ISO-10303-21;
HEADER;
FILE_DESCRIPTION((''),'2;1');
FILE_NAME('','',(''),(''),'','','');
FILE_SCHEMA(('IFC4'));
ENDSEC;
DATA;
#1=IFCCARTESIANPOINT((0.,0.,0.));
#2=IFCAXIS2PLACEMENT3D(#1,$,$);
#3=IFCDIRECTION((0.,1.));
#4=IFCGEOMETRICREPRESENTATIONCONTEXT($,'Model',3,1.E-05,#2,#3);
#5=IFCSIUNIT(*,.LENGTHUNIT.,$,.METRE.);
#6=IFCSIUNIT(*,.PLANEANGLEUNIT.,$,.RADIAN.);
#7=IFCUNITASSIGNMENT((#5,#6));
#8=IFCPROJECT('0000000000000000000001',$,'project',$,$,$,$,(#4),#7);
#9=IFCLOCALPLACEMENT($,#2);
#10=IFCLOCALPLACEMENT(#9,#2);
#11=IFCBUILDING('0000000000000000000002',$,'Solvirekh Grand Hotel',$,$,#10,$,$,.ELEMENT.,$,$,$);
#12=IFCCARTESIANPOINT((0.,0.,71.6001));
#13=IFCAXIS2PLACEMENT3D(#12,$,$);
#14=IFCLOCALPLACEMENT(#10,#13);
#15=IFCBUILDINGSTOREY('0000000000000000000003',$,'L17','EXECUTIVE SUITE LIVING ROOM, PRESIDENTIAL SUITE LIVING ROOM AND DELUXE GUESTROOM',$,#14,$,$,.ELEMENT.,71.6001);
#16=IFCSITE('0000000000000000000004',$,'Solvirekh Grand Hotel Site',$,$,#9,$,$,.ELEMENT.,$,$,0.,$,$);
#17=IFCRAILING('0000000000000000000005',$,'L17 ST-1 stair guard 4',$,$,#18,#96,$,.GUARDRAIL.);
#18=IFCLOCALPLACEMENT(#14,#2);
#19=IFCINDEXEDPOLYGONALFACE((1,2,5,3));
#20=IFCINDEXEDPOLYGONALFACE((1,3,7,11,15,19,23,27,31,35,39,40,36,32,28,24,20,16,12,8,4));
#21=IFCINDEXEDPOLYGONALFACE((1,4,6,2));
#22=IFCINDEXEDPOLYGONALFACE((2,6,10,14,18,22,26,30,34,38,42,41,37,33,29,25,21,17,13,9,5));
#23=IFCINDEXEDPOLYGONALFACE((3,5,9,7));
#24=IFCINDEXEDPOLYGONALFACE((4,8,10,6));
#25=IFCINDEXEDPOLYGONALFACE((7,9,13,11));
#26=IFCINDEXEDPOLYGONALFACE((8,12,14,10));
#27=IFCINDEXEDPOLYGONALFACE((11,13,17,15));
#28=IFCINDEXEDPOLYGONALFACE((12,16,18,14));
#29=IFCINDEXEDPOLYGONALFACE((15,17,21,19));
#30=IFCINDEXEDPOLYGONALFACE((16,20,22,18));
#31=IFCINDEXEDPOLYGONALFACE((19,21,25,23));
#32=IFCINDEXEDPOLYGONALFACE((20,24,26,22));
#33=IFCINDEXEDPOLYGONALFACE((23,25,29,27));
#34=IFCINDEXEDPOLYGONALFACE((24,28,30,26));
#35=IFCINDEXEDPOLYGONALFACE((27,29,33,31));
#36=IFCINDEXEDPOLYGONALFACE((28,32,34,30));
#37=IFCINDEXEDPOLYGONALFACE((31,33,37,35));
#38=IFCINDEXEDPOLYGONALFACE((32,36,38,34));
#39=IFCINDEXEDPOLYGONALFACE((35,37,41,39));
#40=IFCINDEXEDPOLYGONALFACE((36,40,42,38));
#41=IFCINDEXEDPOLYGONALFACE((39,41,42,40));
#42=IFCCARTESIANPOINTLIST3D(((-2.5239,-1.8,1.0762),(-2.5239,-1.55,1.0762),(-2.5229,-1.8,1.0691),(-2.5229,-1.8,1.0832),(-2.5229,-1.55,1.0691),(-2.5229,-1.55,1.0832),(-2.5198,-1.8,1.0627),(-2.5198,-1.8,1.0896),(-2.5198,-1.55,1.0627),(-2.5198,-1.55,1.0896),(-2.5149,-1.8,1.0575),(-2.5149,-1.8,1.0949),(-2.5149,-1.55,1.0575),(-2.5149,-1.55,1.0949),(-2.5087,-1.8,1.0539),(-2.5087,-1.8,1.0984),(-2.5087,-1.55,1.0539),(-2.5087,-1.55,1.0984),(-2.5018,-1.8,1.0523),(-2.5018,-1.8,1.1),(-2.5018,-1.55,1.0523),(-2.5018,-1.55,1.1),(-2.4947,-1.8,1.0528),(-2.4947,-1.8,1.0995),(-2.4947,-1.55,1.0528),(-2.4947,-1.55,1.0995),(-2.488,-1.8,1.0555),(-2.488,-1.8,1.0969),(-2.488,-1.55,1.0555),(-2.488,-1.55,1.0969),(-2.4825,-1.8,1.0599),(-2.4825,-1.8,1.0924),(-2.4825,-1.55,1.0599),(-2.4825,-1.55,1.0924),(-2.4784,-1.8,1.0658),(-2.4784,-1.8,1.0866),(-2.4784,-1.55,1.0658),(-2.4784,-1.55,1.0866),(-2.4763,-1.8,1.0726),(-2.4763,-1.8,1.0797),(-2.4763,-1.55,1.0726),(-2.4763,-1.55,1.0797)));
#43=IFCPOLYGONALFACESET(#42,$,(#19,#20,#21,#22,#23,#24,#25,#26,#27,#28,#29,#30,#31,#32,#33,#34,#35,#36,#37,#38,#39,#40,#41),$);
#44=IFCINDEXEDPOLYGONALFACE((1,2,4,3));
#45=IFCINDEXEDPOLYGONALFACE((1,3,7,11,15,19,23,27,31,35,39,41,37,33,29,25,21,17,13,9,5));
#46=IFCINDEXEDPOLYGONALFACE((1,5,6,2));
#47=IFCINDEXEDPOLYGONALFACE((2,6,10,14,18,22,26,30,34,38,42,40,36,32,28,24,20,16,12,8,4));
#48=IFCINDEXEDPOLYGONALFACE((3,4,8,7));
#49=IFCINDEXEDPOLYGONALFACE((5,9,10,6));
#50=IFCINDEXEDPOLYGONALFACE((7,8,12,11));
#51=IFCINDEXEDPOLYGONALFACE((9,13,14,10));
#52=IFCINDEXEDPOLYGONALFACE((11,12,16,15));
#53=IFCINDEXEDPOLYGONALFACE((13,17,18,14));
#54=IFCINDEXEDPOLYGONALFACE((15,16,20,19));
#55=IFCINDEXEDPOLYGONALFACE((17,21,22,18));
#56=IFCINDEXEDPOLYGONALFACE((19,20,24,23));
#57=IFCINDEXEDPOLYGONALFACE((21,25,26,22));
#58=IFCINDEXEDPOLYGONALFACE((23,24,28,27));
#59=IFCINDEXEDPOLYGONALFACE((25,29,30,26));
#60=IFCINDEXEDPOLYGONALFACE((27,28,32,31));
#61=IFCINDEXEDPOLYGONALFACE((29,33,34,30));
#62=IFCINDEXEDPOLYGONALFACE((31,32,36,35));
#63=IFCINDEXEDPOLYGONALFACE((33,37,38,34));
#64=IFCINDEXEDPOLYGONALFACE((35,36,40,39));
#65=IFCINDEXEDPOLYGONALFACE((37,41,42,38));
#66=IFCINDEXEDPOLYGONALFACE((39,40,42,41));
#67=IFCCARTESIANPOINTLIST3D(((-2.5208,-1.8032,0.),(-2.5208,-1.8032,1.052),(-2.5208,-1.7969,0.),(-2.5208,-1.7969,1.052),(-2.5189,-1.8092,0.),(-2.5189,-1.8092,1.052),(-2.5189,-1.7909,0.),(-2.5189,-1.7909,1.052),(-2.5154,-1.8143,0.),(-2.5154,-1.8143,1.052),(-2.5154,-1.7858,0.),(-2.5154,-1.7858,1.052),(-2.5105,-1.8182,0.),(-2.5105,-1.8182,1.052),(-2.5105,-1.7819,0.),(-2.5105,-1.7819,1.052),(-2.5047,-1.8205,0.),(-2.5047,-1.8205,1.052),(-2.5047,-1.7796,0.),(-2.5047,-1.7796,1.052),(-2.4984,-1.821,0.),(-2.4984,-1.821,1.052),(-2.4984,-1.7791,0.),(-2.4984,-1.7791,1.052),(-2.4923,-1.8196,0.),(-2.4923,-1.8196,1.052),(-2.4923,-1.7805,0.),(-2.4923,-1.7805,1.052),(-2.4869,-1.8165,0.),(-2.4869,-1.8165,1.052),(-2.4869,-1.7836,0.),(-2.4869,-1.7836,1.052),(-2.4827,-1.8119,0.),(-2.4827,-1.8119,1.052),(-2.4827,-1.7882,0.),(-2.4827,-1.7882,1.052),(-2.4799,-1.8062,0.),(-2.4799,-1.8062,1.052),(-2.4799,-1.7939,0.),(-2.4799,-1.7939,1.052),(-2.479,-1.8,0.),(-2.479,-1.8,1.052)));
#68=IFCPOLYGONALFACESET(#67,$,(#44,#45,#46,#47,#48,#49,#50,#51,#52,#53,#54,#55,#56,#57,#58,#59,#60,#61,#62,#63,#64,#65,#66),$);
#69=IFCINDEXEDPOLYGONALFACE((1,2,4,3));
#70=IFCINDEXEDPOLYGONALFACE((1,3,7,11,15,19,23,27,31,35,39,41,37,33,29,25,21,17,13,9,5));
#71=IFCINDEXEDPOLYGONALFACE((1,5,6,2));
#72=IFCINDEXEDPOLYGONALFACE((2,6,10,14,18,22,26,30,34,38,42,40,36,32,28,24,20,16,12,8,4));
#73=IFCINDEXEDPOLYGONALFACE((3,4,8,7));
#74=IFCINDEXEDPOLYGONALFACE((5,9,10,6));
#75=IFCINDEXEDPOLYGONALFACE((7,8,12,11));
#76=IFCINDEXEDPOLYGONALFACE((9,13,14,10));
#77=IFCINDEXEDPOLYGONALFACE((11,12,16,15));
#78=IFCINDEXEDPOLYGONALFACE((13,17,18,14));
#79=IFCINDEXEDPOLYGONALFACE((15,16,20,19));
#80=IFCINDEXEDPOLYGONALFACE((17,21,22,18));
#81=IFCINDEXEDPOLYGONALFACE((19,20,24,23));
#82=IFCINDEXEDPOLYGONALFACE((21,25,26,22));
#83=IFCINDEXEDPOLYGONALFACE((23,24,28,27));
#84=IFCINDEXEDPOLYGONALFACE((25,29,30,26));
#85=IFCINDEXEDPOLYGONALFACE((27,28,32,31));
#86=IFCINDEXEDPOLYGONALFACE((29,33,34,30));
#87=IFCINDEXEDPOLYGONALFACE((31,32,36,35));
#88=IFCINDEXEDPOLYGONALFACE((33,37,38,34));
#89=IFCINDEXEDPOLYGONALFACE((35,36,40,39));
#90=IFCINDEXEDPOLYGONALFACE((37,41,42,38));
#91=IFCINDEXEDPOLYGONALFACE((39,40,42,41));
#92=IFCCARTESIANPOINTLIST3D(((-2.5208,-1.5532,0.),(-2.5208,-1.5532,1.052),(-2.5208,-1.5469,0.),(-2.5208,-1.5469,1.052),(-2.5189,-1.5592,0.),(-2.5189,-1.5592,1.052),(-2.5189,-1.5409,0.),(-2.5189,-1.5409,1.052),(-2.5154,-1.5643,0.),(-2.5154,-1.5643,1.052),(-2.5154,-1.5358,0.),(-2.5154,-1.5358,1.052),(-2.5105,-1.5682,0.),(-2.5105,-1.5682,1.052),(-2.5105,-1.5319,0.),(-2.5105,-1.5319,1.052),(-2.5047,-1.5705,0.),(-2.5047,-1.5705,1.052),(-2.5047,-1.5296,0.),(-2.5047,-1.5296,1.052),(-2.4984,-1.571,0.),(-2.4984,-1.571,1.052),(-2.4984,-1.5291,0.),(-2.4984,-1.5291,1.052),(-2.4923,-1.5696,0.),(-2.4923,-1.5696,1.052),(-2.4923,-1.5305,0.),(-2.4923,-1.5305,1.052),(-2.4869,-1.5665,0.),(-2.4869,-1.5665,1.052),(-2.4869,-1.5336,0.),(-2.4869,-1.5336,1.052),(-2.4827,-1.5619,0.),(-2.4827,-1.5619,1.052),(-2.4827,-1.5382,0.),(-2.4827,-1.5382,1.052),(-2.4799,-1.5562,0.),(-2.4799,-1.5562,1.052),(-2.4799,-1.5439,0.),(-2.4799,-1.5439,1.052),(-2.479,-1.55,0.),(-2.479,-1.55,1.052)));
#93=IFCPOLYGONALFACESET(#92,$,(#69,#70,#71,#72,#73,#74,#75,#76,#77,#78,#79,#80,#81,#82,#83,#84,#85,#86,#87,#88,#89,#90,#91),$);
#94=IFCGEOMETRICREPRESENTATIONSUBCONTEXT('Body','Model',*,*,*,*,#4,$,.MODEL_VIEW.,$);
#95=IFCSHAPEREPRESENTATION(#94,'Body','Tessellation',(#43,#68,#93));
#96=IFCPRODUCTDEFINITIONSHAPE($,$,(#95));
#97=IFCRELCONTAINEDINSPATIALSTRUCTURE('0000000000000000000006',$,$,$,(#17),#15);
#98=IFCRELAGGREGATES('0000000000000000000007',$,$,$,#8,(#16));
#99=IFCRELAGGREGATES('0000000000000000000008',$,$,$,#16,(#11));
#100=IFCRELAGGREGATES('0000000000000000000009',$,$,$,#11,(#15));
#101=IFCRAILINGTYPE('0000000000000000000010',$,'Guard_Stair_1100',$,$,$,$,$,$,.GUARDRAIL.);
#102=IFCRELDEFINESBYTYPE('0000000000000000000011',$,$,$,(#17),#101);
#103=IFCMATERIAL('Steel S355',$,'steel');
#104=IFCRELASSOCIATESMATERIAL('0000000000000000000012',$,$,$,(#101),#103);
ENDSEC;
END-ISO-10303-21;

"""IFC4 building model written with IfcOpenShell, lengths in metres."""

from ifc_helpers import new_model, si_unit, direction, frame, origin, origin_2d, place, context, subcontext, project, spatial, circle, extrude, material, type_object, element, save


model = new_model("IFC4")

# Units and contexts
model_context = context("Model", 3, precision=1e-05, world=origin(), true_north=direction((0.0, 1.0)))
body_context = subcontext(model_context, "Body", "Model", "MODEL_VIEW")
ifc_project = project(units=[si_unit("LENGTHUNIT", "METRE"), si_unit("PLANEANGLEUNIT", "RADIAN")], contexts=[model_context])

# Site, building, storey
site_placement = place(None, origin())
site = spatial("IfcSite", under=ifc_project, at=site_placement, Name="Solvirekh Grand Hotel Site", CompositionType="ELEMENT", RefElevation=0.0)
building_placement = place(site_placement, origin())
building = spatial("IfcBuilding", under=site, at=building_placement, Name="Solvirekh Grand Hotel", CompositionType="ELEMENT")
storey_placement = place(building_placement, frame((0.0, 0.0, 71.6001)))
storey = spatial("IfcBuildingStorey", under=building, at=storey_placement, Name="L17", Description="EXECUTIVE SUITE LIVING ROOM, PRESIDENTIAL SUITE LIVING ROOM AND DELUXE GUESTROOM", CompositionType="ELEMENT", Elevation=71.6001)

# Railing
ifc_material_1 = material(Name="Steel S355", Category="steel")
railing_type_1 = type_object("IfcRailingType", Name="Guard_Stair_1100", PredefinedType="GUARDRAIL", material=ifc_material_1)
railing_1_placement = place(storey_placement, frame((-2.5, -1.8, 0.0)))
element("IfcRailing", 1, at=railing_1_placement, inside=storey, type_object=railing_type_1, Name="L17 ST-1 stair guard 4", PredefinedType="GUARDRAIL", context=body_context, shape_type="SweptSolid", body=[
    extrude(circle(Radius=0.0239, at=origin_2d()), frame((0.0, 0.0, 1.0762), z_axis=(0.0, 1.0, 0.0), x_axis=(-1.0, 0.0, 0.0)), (0.0, 0.0, 1.0), 0.25),
    extrude(circle(Radius=0.021, at=origin_2d()), origin(), (0.0, 0.0, 1.0), 1.052),
    extrude(circle(Radius=0.021, at=origin_2d()), frame((0.0, 0.25, 0.0)), (0.0, 0.0, 1.0), 1.052),
])

save(model, "model.ifc")
